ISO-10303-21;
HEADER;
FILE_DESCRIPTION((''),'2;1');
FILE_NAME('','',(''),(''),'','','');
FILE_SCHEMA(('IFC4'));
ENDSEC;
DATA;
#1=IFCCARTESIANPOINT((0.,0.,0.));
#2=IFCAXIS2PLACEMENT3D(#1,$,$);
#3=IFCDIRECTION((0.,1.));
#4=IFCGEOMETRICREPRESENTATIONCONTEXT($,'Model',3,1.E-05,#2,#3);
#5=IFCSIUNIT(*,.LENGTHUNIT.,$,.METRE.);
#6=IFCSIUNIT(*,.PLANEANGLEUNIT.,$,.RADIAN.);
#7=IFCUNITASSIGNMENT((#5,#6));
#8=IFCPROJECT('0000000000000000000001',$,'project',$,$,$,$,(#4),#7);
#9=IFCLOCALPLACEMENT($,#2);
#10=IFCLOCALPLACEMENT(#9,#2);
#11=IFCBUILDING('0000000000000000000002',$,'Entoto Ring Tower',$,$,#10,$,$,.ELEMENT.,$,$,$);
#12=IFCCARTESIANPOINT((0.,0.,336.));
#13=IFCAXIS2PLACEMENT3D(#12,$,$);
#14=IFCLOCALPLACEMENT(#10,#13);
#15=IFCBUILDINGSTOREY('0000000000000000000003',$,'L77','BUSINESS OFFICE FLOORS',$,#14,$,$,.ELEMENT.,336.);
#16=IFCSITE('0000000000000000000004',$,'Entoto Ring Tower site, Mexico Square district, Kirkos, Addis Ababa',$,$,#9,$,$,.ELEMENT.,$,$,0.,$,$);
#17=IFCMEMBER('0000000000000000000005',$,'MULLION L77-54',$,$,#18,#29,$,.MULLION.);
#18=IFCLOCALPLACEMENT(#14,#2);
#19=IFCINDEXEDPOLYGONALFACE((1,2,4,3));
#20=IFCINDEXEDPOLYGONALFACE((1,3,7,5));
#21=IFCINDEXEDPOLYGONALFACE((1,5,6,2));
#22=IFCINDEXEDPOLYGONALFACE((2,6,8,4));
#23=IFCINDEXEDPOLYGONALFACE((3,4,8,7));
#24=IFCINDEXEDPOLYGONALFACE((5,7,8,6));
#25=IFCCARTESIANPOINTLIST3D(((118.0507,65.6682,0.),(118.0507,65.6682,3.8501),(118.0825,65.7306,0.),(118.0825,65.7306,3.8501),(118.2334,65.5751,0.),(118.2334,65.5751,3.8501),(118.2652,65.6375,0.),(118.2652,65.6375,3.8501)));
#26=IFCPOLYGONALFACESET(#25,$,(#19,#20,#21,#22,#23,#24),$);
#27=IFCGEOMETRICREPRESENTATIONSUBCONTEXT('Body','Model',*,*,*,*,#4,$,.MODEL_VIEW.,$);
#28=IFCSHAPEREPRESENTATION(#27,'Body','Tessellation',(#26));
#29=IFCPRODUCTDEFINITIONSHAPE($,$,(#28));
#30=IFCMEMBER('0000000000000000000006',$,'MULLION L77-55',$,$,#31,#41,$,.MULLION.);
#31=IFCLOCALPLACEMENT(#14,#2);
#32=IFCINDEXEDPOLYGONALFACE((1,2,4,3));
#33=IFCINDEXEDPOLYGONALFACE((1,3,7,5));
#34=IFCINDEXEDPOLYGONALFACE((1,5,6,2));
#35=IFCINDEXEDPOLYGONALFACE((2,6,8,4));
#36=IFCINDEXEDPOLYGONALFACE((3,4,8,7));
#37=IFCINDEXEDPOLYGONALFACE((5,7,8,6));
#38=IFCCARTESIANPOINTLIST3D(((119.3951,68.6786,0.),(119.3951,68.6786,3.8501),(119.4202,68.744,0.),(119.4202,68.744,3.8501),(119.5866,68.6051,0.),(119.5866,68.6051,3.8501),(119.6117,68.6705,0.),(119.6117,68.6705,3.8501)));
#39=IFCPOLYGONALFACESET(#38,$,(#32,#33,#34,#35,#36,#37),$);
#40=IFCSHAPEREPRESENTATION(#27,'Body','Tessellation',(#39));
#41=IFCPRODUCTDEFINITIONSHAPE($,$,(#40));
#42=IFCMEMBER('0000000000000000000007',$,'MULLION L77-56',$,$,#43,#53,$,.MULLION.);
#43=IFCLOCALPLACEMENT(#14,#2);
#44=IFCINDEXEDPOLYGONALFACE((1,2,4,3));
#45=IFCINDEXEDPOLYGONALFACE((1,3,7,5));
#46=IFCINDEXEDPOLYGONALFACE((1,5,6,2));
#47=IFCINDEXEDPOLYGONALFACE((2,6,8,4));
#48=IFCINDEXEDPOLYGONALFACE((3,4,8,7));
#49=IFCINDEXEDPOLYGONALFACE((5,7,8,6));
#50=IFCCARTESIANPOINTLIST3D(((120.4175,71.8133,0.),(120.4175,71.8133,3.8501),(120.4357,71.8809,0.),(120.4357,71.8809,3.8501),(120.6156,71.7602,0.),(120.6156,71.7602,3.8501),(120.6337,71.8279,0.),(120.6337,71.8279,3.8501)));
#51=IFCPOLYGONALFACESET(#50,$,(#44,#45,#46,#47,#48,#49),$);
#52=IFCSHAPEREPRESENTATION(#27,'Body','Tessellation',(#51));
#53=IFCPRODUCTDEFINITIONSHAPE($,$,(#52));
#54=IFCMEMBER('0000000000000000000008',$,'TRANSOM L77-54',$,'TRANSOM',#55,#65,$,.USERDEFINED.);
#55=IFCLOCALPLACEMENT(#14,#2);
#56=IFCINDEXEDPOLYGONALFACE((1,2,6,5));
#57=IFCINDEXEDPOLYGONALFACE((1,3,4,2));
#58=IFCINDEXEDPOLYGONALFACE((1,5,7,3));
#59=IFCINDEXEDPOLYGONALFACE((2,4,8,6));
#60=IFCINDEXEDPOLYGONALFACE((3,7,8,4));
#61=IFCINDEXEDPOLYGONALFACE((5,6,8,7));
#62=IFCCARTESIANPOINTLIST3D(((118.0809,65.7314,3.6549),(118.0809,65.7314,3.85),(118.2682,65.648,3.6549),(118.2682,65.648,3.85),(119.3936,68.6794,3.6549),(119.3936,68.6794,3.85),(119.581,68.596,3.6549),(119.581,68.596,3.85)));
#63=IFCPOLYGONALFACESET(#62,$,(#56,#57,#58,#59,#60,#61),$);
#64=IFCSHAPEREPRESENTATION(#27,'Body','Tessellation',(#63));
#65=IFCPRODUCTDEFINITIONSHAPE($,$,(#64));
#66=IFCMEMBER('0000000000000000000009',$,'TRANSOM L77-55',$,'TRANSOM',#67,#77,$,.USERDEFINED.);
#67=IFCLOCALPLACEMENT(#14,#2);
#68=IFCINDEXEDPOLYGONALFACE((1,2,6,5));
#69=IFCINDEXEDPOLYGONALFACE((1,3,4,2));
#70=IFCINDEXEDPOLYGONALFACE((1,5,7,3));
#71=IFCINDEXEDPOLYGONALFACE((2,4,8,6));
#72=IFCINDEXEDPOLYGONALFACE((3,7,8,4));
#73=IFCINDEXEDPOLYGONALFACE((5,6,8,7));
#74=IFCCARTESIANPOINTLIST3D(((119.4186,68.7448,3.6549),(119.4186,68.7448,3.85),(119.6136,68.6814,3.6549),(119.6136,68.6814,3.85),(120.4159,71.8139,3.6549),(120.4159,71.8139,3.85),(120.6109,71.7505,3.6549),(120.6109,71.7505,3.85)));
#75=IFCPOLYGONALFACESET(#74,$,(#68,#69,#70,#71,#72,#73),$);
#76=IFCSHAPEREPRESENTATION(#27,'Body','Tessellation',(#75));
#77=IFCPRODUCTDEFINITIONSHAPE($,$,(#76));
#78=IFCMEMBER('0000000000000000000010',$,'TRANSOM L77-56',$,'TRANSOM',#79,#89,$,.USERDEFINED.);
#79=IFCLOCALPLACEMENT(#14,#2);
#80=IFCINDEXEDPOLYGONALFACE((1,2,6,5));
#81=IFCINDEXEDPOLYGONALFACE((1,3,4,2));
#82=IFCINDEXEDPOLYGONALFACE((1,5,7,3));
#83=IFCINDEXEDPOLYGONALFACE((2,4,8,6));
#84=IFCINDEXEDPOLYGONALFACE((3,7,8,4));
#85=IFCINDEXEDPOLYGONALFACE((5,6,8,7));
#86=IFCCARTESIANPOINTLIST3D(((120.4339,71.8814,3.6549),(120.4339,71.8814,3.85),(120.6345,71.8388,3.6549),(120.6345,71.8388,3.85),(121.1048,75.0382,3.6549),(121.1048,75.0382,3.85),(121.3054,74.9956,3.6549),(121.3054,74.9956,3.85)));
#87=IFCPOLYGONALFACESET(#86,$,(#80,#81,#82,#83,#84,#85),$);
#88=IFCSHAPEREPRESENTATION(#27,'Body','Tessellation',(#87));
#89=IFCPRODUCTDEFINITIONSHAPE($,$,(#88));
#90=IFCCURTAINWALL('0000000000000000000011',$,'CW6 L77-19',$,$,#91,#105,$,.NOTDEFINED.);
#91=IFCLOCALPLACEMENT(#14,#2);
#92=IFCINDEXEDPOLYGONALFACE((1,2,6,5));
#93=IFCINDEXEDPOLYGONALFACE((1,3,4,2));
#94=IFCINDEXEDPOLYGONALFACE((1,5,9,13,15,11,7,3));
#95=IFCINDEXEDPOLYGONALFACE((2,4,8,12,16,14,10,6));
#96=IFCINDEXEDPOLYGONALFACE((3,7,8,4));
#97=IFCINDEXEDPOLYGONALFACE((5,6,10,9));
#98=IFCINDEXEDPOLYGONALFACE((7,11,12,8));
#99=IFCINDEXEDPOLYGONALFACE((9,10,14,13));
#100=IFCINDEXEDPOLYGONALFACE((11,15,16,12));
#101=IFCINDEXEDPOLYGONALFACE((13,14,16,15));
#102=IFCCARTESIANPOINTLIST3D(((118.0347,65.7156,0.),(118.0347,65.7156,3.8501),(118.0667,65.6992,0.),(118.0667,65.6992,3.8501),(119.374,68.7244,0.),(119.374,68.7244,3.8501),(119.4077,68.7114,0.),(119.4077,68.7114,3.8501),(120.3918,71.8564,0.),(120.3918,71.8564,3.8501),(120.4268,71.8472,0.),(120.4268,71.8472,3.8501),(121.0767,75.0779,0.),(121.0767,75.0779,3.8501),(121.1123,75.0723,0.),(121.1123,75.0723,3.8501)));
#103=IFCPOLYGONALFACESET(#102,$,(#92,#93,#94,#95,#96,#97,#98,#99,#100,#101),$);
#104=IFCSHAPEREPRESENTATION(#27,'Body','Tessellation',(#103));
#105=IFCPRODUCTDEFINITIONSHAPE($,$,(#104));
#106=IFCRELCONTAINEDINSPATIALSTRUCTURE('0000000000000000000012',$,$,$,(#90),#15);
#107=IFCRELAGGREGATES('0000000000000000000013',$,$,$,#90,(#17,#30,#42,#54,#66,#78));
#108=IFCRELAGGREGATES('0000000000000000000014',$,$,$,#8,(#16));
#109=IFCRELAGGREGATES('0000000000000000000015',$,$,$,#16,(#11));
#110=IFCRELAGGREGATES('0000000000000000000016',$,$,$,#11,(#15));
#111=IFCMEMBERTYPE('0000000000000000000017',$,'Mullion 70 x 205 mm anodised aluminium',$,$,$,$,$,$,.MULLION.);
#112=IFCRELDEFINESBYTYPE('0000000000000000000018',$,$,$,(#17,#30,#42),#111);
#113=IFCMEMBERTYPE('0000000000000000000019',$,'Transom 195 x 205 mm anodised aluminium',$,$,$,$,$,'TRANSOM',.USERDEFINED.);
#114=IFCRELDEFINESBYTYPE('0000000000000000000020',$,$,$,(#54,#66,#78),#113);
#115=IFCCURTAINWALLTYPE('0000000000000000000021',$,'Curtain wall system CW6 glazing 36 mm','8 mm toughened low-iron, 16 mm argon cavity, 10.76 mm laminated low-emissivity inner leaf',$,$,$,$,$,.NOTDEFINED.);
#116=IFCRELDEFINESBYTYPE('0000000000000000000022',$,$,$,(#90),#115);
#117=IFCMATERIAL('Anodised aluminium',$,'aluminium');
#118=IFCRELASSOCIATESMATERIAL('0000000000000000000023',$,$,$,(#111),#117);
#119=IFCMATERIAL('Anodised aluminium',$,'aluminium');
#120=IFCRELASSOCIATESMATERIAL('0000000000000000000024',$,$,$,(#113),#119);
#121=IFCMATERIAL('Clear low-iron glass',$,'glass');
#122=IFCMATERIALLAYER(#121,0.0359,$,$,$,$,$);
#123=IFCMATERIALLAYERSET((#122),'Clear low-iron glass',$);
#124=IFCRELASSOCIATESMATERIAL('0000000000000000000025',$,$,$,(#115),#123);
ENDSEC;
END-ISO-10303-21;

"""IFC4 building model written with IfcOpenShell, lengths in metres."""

from ifc_helpers import new_model, si_unit, direction, frame, origin, origin_2d, place, context, subcontext, project, spatial, polyline, rectangle, outline, extrude, material, layer, layer_set, material_profile, profile_set, type_object, element, aggregate, save


model = new_model("IFC4")

# Units and contexts
model_context = context("Model", 3, precision=1e-05, world=origin(), true_north=direction((0.0, 1.0)))
body_context = subcontext(model_context, "Body", "Model", "MODEL_VIEW")
ifc_project = project(units=[si_unit("LENGTHUNIT", "METRE"), si_unit("PLANEANGLEUNIT", "RADIAN")], contexts=[model_context])

# Members
ifc_material_1 = material(Name="Anodised aluminium", Category="aluminium")
ifc_material_profile_1 = material_profile(ifc_material_1, rectangle(XDim=0.0701, YDim=0.2051, at=origin_2d()), Name="Mullion 70 x 205 mm anodised aluminium")
ifc_profile_set_1 = profile_set([ifc_material_profile_1], Name="Anodised aluminium")
member_type_1 = type_object("IfcMemberType", Name="Mullion 70 x 205 mm anodised aluminium", PredefinedType="MULLION", material=ifc_profile_set_1)
site_placement = place(None, origin())
building_placement = place(site_placement, origin())
storey_placement = place(building_placement, frame((0.0, 0.0, 336.0)))
member_1_placement = place(storey_placement, frame((118.158, 65.6528, 0.0), z_axis=(0.0, 0.0, 1.0), x_axis=(0.45399, 0.891007, 0.0)))
member_1 = element("IfcMember", 1, at=member_1_placement, type_object=member_type_1, Name="MULLION L77-54", PredefinedType="MULLION", context=body_context, shape_type="SweptSolid", body=[
    extrude(rectangle(XDim=0.0701, YDim=0.2051, at=origin_2d()), origin(), (0.0, 0.0, 1.0), 3.8501),
])
member_2_placement = place(storey_placement, frame((119.5034, 68.6746, 0.0), z_axis=(0.0, 0.0, 1.0), x_axis=(0.358368, 0.93358, 0.0)))
member_2 = element("IfcMember", 2, at=member_2_placement, type_object=member_type_1, Name="MULLION L77-55", PredefinedType="MULLION", context=body_context, shape_type="SweptSolid", body=[
    extrude(rectangle(XDim=0.0701, YDim=0.2051, at=origin_2d()), origin(), (0.0, 0.0, 1.0), 3.8501),
])
member_3_placement = place(storey_placement, frame((120.5256, 71.8206, 0.0), z_axis=(0.0, 0.0, 1.0), x_axis=(0.258819, 0.965926, 0.0)))
member_3 = element("IfcMember", 3, at=member_3_placement, type_object=member_type_1, Name="MULLION L77-56", PredefinedType="MULLION", context=body_context, shape_type="SweptSolid", body=[
    extrude(rectangle(XDim=0.0701, YDim=0.2051, at=origin_2d()), origin(), (0.0, 0.0, 1.0), 3.8501),
])
ifc_material_2 = material(Name="Anodised aluminium", Category="aluminium")
ifc_material_profile_2 = material_profile(ifc_material_2, rectangle(XDim=0.2051, YDim=0.1951, at=origin_2d()), Name="Transom 195 x 205 mm anodised aluminium")
ifc_profile_set_2 = profile_set([ifc_material_profile_2], Name="Anodised aluminium")
member_type_2 = type_object("IfcMemberType", Name="Transom 195 x 205 mm anodised aluminium", ElementType="TRANSOM", PredefinedType="USERDEFINED", material=ifc_profile_set_2)
member_4_placement = place(storey_placement, frame((118.1746, 65.6897, 3.7524), z_axis=(0.406791, 0.913521, 0.0), x_axis=(-0.913521, 0.406791, 0.0)))
member_4 = element("IfcMember", 4, at=member_4_placement, type_object=member_type_2, Name="TRANSOM L77-54", ObjectType="TRANSOM", PredefinedType="USERDEFINED", context=body_context, shape_type="SweptSolid", body=[
    extrude(rectangle(XDim=0.2051, YDim=0.1951, at=origin_2d()), origin(), (0.0, 0.0, 1.0), 3.2271),
])
member_5_placement = place(storey_placement, frame((119.5161, 68.7131, 3.7524), z_axis=(0.309047, 0.951047, 0.0), x_axis=(-0.951047, 0.309047, 0.0)))
member_5 = element("IfcMember", 5, at=member_5_placement, type_object=member_type_2, Name="TRANSOM L77-55", ObjectType="TRANSOM", PredefinedType="USERDEFINED", context=body_context, shape_type="SweptSolid", body=[
    extrude(rectangle(XDim=0.2051, YDim=0.1951, at=origin_2d()), origin(), (0.0, 0.0, 1.0), 3.2271),
])
member_6_placement = place(storey_placement, frame((120.5342, 71.8601, 3.7524), z_axis=(0.207886, 0.978153, 0.0), x_axis=(-0.978153, 0.207886, 0.0)))
member_6 = element("IfcMember", 6, at=member_6_placement, type_object=member_type_2, Name="TRANSOM L77-56", ObjectType="TRANSOM", PredefinedType="USERDEFINED", context=body_context, shape_type="SweptSolid", body=[
    extrude(rectangle(XDim=0.2051, YDim=0.1951, at=origin_2d()), origin(), (0.0, 0.0, 1.0), 3.2273),
])

# Site, building, storey
site = spatial("IfcSite", under=ifc_project, at=site_placement, Name="Entoto Ring Tower site, Mexico Square district, Kirkos, Addis Ababa", CompositionType="ELEMENT", RefElevation=0.0)
building = spatial("IfcBuilding", under=site, at=building_placement, Name="Entoto Ring Tower", CompositionType="ELEMENT")
storey = spatial("IfcBuildingStorey", under=building, at=storey_placement, Name="L77", Description="BUSINESS OFFICE FLOORS", CompositionType="ELEMENT", Elevation=336.0)

# Curtain wall
ifc_material_3 = material(Name="Clear low-iron glass", Category="glass")
ifc_layer_1 = layer(ifc_material_3, 0.0359)
ifc_layer_set_1 = layer_set([ifc_layer_1], Name="Clear low-iron glass")
curtain_wall_type = type_object("IfcCurtainWallType", Name="Curtain wall system CW6 glazing 36 mm", Description="8 mm toughened low-iron, 16 mm argon cavity, 10.76 mm laminated low-emissivity inner leaf", PredefinedType="NOTDEFINED", material=ifc_layer_set_1)
curtain_wall_1_placement = place(storey_placement, origin())
curtain_wall_1 = element("IfcCurtainWall", 7, at=curtain_wall_1_placement, inside=storey, type_object=curtain_wall_type, Name="CW6 L77-19", PredefinedType="NOTDEFINED", context=body_context, shape_type="SweptSolid", body=[
    extrude(outline(polyline([(118.0667, 65.6992), (119.4077, 68.7114), (120.4268, 71.8472), (121.1123, 75.0723), (121.0767, 75.0779), (120.3918, 71.8564), (119.374, 68.7244), (118.0347, 65.7156), (118.0667, 65.6992)])), origin(), (0.0, 0.0, 1.0), 3.8501),
])
aggregate(curtain_wall_1, [member_1, member_2, member_3, member_4, member_5, member_6])

save(model, "model.ifc")
